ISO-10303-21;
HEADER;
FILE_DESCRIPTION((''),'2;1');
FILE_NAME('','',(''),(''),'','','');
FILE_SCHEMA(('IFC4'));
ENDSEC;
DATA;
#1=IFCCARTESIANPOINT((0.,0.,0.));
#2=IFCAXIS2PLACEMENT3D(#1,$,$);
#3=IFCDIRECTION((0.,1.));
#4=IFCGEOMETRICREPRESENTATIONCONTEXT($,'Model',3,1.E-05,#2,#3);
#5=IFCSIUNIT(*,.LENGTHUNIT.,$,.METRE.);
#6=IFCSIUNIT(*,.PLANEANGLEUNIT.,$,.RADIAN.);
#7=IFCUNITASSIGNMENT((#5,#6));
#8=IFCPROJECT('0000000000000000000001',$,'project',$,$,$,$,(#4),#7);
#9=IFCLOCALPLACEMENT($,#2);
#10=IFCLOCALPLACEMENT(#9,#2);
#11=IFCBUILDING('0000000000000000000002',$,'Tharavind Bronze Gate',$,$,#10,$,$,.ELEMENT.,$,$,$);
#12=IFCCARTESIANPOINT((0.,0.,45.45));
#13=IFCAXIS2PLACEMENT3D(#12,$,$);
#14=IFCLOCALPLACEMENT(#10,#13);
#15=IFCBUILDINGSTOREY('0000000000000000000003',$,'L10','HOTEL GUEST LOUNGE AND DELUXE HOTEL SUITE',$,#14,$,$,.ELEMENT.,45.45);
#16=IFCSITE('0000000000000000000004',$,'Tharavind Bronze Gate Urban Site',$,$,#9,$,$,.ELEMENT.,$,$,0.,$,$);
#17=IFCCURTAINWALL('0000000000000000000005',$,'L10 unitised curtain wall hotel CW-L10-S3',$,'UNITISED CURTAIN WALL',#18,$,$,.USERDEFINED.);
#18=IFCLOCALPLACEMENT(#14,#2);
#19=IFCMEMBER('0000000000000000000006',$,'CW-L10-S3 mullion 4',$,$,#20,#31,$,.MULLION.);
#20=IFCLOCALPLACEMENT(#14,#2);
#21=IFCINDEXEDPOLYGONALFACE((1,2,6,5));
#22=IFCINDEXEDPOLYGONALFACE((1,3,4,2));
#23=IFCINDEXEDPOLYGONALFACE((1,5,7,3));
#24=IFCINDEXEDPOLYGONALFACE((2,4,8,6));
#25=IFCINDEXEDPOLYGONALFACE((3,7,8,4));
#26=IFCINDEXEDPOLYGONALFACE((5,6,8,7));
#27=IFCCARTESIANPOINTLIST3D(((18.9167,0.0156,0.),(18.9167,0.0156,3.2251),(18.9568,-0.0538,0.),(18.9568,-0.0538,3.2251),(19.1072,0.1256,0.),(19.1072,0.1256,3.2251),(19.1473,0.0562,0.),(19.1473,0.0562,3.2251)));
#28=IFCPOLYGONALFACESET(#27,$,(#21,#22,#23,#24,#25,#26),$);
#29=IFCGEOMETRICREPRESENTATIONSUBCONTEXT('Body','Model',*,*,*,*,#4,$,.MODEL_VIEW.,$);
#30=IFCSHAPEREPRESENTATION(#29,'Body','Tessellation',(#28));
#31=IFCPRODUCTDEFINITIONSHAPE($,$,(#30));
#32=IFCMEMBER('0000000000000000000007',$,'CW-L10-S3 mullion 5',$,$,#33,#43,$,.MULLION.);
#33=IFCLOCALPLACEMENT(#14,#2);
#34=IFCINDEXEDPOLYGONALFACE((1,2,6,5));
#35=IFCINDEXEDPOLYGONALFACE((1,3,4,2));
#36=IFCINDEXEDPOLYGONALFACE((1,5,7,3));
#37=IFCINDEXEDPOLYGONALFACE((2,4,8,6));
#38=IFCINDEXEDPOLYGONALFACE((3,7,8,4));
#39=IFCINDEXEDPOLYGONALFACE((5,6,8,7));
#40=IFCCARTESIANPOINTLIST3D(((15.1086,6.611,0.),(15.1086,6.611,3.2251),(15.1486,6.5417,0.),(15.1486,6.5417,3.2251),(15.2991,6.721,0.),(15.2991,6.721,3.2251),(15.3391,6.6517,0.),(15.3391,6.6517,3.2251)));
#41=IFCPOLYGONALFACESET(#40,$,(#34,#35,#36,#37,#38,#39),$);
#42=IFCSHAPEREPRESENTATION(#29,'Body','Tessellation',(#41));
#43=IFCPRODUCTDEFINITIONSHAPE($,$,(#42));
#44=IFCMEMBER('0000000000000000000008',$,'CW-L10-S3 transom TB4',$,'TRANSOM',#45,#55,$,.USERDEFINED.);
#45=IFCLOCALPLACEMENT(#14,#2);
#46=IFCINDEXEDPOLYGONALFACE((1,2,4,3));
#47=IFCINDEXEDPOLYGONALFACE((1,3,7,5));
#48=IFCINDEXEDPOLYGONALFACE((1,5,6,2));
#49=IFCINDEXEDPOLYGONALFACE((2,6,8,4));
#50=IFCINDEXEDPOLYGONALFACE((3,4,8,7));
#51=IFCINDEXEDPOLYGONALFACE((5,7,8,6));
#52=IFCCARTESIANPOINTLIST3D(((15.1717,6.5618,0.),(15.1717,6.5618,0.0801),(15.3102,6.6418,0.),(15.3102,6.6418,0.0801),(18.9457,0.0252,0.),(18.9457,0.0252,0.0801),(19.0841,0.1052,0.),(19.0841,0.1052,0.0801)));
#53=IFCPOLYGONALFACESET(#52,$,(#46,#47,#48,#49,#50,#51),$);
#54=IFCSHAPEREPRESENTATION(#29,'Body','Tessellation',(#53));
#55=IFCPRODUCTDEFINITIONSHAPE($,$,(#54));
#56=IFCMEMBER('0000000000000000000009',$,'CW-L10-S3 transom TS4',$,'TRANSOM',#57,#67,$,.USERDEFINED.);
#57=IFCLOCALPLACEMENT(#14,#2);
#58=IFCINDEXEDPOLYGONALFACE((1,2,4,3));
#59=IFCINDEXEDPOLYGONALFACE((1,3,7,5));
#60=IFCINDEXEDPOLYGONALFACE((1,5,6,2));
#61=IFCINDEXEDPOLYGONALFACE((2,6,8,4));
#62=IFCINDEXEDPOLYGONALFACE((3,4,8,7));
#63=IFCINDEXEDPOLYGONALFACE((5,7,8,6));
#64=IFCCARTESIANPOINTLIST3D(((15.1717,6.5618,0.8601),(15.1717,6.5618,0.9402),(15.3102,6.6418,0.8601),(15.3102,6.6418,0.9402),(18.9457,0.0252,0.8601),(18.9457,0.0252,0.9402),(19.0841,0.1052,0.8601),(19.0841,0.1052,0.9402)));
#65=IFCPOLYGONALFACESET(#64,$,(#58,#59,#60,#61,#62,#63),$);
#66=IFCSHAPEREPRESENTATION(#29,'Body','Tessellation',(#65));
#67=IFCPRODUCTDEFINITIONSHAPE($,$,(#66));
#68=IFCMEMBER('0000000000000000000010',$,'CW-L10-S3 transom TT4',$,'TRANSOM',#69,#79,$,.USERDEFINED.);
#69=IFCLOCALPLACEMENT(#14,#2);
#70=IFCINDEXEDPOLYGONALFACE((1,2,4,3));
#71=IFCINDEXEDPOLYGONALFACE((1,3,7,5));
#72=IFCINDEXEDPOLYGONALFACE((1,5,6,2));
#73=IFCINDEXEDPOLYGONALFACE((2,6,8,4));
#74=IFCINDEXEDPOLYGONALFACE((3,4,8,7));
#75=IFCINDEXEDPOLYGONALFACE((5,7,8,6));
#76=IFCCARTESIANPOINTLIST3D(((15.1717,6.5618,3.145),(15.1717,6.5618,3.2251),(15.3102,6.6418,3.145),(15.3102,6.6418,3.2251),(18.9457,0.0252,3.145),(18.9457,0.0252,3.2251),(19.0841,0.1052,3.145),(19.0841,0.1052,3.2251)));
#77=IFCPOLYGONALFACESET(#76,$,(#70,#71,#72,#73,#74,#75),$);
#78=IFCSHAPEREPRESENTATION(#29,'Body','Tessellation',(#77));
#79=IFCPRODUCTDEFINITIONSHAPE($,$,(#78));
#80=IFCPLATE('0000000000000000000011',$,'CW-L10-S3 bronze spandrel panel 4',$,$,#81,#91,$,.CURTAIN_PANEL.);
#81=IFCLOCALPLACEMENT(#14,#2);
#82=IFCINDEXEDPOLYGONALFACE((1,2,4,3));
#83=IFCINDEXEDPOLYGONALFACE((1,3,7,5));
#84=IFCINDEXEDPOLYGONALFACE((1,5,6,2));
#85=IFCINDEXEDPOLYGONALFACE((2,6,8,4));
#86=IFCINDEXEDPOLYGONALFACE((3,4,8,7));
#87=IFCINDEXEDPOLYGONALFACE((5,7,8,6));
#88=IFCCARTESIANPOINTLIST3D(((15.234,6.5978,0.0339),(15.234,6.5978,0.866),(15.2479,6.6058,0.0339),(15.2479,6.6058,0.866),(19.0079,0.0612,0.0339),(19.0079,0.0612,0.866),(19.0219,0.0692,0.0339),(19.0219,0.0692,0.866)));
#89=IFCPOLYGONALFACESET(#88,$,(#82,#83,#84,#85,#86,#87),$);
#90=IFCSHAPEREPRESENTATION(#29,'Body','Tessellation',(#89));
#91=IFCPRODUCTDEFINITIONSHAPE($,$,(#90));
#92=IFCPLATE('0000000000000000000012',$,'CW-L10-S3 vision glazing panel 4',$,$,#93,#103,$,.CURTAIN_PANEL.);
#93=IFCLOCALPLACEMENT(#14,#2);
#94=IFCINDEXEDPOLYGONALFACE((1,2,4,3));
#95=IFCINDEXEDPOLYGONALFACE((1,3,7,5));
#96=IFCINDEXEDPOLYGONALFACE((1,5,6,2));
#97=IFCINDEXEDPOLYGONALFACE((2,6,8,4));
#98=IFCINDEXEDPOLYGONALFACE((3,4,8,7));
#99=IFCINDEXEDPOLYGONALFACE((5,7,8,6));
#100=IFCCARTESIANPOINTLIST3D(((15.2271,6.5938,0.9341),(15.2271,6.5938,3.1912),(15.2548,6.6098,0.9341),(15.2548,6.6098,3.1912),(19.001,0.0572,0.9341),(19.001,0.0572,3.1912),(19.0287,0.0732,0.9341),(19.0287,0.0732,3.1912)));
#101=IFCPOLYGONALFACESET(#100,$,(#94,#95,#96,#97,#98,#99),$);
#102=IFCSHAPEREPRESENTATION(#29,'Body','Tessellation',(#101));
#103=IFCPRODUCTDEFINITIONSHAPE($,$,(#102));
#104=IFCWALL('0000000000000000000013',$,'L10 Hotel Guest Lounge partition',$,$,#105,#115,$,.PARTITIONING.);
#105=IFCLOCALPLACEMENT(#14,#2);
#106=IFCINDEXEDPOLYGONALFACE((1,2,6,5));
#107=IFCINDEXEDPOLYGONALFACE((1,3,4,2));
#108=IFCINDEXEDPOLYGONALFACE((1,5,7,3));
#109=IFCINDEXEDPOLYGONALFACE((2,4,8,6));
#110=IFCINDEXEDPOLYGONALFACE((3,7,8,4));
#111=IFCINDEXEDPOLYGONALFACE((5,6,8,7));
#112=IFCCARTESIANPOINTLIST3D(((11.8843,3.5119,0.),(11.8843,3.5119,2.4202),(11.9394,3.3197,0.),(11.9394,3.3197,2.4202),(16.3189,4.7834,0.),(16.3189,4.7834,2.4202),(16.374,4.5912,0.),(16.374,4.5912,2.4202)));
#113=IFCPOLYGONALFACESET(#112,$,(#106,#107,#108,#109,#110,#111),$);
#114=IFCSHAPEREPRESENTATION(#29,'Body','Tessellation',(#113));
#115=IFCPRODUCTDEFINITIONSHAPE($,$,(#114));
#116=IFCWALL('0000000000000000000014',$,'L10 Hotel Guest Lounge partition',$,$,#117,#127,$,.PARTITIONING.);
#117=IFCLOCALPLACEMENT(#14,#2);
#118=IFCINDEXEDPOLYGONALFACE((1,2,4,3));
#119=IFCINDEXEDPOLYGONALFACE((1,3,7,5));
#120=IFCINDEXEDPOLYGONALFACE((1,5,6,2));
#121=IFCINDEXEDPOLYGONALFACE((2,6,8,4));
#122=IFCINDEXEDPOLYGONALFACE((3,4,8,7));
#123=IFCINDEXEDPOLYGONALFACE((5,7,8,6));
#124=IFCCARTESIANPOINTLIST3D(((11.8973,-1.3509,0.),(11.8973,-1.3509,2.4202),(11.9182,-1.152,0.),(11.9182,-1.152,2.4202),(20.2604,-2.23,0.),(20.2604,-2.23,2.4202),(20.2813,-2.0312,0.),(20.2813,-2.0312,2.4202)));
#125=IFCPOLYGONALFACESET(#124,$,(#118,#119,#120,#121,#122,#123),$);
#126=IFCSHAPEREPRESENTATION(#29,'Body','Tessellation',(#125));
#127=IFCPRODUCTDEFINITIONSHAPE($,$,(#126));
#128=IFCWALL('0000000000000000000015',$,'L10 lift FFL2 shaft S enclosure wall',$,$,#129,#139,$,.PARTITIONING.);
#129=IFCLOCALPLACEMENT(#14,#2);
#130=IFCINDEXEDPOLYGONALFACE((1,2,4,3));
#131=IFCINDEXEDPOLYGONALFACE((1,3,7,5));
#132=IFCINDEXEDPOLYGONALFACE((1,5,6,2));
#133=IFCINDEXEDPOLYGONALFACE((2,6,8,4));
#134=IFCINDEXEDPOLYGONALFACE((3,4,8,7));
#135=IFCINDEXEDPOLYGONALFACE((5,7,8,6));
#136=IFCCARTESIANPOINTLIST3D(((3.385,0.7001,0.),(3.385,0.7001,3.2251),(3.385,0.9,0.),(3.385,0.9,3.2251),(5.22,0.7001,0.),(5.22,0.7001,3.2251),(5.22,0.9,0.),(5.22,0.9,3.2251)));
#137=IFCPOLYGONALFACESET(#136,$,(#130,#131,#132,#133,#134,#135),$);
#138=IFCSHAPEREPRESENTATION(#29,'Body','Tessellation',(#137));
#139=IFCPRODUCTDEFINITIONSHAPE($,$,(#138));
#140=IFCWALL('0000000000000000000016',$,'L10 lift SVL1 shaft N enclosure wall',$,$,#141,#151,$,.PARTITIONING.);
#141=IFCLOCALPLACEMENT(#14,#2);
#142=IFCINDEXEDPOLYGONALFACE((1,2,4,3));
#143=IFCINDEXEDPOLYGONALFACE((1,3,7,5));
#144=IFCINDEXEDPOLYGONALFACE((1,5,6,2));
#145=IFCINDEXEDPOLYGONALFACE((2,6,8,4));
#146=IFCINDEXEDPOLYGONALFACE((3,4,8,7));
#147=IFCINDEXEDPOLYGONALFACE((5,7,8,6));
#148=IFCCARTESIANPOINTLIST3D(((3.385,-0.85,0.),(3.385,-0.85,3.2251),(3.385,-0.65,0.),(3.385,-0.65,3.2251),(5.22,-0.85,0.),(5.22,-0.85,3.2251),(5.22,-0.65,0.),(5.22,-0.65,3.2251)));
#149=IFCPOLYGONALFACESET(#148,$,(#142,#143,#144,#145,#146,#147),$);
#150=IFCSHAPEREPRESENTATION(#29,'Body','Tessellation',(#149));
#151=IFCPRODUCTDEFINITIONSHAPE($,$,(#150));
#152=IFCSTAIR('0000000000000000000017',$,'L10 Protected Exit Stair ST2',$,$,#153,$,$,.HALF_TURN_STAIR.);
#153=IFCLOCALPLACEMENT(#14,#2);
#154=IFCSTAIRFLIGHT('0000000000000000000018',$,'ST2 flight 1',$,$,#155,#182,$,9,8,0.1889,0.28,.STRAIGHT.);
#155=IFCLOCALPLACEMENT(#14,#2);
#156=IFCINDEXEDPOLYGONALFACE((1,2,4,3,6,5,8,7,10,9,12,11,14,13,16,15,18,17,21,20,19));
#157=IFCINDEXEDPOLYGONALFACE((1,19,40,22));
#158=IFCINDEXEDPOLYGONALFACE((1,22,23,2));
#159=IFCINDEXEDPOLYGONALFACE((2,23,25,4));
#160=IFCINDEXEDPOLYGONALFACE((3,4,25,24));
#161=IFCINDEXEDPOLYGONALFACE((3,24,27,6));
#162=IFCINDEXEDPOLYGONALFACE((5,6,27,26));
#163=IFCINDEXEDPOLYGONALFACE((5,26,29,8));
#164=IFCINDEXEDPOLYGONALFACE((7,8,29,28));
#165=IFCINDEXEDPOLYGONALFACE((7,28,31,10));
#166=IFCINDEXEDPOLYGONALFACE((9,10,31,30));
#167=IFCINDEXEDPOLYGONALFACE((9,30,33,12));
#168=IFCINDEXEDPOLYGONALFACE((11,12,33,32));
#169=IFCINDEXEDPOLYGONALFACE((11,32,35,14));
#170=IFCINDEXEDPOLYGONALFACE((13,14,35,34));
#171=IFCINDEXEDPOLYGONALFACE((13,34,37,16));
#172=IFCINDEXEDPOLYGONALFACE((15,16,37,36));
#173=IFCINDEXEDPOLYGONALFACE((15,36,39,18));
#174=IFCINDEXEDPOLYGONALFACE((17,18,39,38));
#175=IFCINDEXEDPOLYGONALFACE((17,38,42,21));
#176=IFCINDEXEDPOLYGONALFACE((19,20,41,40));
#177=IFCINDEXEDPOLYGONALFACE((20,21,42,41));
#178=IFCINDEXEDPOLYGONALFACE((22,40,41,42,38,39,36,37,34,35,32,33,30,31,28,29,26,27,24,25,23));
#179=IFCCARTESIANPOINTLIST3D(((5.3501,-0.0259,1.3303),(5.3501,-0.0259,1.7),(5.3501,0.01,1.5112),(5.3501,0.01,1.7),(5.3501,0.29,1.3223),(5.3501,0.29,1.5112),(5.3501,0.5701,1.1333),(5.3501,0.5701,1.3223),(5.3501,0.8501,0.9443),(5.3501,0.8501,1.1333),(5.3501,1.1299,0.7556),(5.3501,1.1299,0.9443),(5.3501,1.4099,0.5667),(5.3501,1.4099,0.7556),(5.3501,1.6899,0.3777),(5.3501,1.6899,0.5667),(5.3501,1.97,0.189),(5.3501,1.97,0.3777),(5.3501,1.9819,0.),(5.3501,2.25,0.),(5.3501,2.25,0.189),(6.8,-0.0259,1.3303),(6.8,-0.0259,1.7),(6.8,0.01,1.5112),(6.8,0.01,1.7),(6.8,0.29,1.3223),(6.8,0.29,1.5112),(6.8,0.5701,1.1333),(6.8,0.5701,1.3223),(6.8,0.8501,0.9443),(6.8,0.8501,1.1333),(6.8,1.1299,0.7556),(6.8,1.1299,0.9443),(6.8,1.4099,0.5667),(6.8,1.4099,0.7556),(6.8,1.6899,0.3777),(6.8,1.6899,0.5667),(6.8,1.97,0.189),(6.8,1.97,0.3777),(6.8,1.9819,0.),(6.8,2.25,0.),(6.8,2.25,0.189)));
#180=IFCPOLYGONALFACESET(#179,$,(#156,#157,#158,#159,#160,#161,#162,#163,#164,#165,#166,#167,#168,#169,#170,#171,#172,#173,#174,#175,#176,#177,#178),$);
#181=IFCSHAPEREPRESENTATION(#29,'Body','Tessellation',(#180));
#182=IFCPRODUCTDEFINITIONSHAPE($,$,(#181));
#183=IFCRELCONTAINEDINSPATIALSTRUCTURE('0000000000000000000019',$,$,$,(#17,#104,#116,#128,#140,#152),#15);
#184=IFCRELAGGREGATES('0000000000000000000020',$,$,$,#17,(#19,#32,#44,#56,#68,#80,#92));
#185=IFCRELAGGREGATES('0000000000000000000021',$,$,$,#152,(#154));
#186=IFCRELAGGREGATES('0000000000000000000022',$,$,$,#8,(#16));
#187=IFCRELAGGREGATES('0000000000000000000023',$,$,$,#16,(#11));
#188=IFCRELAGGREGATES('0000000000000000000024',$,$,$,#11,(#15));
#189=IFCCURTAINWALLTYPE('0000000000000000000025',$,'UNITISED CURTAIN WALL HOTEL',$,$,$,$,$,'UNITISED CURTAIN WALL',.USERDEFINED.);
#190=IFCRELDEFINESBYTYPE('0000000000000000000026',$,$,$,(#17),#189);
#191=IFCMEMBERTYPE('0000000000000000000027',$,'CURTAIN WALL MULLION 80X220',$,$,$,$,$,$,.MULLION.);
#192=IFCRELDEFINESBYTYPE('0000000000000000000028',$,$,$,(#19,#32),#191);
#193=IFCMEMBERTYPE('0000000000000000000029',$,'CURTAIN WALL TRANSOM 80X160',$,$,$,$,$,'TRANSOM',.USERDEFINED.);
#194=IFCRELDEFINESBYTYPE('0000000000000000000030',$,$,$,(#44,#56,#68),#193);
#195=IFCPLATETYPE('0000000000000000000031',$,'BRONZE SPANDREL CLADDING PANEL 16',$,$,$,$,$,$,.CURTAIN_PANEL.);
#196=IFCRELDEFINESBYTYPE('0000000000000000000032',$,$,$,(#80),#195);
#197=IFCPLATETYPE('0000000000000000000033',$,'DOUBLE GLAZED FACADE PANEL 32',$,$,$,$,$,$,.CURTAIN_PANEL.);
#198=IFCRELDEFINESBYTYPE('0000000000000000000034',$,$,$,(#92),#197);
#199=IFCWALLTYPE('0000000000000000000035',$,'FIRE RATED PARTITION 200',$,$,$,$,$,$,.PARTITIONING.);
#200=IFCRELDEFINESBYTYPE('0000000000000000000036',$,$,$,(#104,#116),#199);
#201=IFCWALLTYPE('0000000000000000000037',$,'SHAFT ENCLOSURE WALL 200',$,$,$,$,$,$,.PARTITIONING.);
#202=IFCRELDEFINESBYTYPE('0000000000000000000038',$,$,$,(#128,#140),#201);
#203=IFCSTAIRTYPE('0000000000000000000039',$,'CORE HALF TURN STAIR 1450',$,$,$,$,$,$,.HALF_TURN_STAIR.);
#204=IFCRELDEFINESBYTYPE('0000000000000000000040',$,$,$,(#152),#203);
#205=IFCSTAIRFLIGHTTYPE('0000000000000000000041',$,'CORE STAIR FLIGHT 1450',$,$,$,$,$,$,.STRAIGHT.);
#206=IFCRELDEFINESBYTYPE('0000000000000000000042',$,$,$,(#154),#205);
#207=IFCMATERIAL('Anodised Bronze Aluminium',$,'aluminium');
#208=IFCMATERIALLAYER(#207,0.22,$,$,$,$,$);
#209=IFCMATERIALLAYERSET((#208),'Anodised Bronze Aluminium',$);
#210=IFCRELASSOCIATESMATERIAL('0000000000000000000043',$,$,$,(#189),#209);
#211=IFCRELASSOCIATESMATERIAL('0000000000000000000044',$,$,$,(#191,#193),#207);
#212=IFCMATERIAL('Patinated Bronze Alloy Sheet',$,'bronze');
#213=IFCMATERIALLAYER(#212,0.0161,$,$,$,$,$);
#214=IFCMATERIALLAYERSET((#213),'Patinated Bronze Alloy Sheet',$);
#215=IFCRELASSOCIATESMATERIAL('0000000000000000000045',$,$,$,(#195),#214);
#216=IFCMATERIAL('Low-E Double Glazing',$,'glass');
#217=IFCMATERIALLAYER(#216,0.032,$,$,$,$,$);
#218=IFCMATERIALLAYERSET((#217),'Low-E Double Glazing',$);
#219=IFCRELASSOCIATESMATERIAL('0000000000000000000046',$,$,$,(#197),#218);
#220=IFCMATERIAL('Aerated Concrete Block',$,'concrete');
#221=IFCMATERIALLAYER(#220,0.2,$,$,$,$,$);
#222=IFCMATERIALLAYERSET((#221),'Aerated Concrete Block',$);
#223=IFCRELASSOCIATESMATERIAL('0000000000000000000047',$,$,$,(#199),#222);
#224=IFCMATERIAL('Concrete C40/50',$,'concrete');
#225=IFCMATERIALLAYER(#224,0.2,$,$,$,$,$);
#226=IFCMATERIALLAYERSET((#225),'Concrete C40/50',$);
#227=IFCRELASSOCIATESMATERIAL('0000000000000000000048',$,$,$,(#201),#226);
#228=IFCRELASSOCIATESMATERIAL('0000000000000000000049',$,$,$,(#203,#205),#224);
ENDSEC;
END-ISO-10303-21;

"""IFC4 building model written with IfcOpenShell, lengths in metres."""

from ifc_helpers import new_model, si_unit, direction, frame, frame_2d, origin, origin_2d, place, context, subcontext, project, spatial, polyline, rectangle, outline, extrude, material, layer, layer_set, type_object, element, aggregate, save


model = new_model("IFC4")

# Units and contexts
model_context = context("Model", 3, precision=1e-05, world=origin(), true_north=direction((0.0, 1.0)))
body_context = subcontext(model_context, "Body", "Model", "MODEL_VIEW")
ifc_project = project(units=[si_unit("LENGTHUNIT", "METRE"), si_unit("PLANEANGLEUNIT", "RADIAN")], contexts=[model_context])

# Site, building, storey
site_placement = place(None, origin())
site = spatial("IfcSite", under=ifc_project, at=site_placement, Name="Tharavind Bronze Gate Urban Site", CompositionType="ELEMENT", RefElevation=0.0)
building_placement = place(site_placement, origin())
building = spatial("IfcBuilding", under=site, at=building_placement, Name="Tharavind Bronze Gate", CompositionType="ELEMENT")
storey_placement = place(building_placement, frame((0.0, 0.0, 45.45)))
storey = spatial("IfcBuildingStorey", under=building, at=storey_placement, Name="L10", Description="HOTEL GUEST LOUNGE AND DELUXE HOTEL SUITE", CompositionType="ELEMENT", Elevation=45.45)

# Curtain wall, members, plates
ifc_material_1 = material(Name="Anodised Bronze Aluminium", Category="aluminium")
ifc_layer_1 = layer(ifc_material_1, 0.22)
ifc_layer_set_1 = layer_set([ifc_layer_1], Name="Anodised Bronze Aluminium")
curtain_wall_type = type_object("IfcCurtainWallType", Name="UNITISED CURTAIN WALL HOTEL", ElementType="UNITISED CURTAIN WALL", PredefinedType="USERDEFINED", material=ifc_layer_set_1)
curtain_wall_placement = place(storey_placement, origin())
curtain_wall = element("IfcCurtainWall", 1, at=curtain_wall_placement, inside=storey, type_object=curtain_wall_type, Name="L10 unitised curtain wall hotel CW-L10-S3", ObjectType="UNITISED CURTAIN WALL", PredefinedType="USERDEFINED")
member_type_1 = type_object("IfcMemberType", Name="CURTAIN WALL MULLION 80X220", PredefinedType="MULLION", material=ifc_material_1)
member_1_placement = place(storey_placement, frame((19.032, 0.0359, 0.0), z_axis=(0.0, 0.0, 1.0), x_axis=(-0.500002, 0.866025, 0.0)))
member_1 = element("IfcMember", 2, at=member_1_placement, type_object=member_type_1, Name="CW-L10-S3 mullion 4", PredefinedType="MULLION", context=body_context, shape_type="SweptSolid", body=[
    extrude(rectangle(XDim=0.0801, YDim=0.22, at=origin_2d()), origin(), (0.0, 0.0, 1.0), 3.2251),
])
member_2_placement = place(storey_placement, frame((15.2239, 6.6313, 0.0), z_axis=(0.0, 0.0, 1.0), x_axis=(-0.500002, 0.866025, 0.0)))
member_2 = element("IfcMember", 3, at=member_2_placement, type_object=member_type_1, Name="CW-L10-S3 mullion 5", PredefinedType="MULLION", context=body_context, shape_type="SweptSolid", body=[
    extrude(rectangle(XDim=0.0801, YDim=0.22, at=origin_2d()), origin(), (0.0, 0.0, 1.0), 3.2251),
])
member_type_2 = type_object("IfcMemberType", Name="CURTAIN WALL TRANSOM 80X160", ElementType="TRANSOM", PredefinedType="USERDEFINED", material=ifc_material_1)
member_3_placement = place(storey_placement, frame((17.1279, 3.3335, 0.0), z_axis=(0.0, 0.0, 1.0), x_axis=(-0.500002, 0.866025, 0.0)))
member_3 = element("IfcMember", 4, at=member_3_placement, type_object=member_type_2, Name="CW-L10-S3 transom TB4", ObjectType="TRANSOM", PredefinedType="USERDEFINED", context=body_context, shape_type="SweptSolid", body=[
    extrude(rectangle(XDim=7.5479, YDim=0.1599, at=origin_2d()), origin(), (0.0, 0.0, 1.0), 0.0801),
])
member_4_placement = place(storey_placement, frame((17.1279, 3.3335, 0.8601), z_axis=(0.0, 0.0, 1.0), x_axis=(-0.500002, 0.866025, 0.0)))
member_4 = element("IfcMember", 5, at=member_4_placement, type_object=member_type_2, Name="CW-L10-S3 transom TS4", ObjectType="TRANSOM", PredefinedType="USERDEFINED", context=body_context, shape_type="SweptSolid", body=[
    extrude(rectangle(XDim=7.5479, YDim=0.1599, at=origin_2d()), origin(), (0.0, 0.0, 1.0), 0.0801),
])
member_5_placement = place(storey_placement, frame((17.1279, 3.3335, 3.145), z_axis=(0.0, 0.0, 1.0), x_axis=(-0.500002, 0.866025, 0.0)))
member_5 = element("IfcMember", 6, at=member_5_placement, type_object=member_type_2, Name="CW-L10-S3 transom TT4", ObjectType="TRANSOM", PredefinedType="USERDEFINED", context=body_context, shape_type="SweptSolid", body=[
    extrude(rectangle(XDim=7.5479, YDim=0.1599, at=origin_2d()), origin(), (0.0, 0.0, 1.0), 0.0801),
])
ifc_material_2 = material(Name="Patinated Bronze Alloy Sheet", Category="bronze")
ifc_layer_2 = layer(ifc_material_2, 0.0161)
ifc_layer_set_2 = layer_set([ifc_layer_2], Name="Patinated Bronze Alloy Sheet")
plate_type_1 = type_object("IfcPlateType", Name="BRONZE SPANDREL CLADDING PANEL 16", PredefinedType="CURTAIN_PANEL", material=ifc_layer_set_2)
plate_1_placement = place(storey_placement, frame((17.1279, 3.3335, 0.0339), z_axis=(0.0, 0.0, 1.0), x_axis=(-0.500002, 0.866025, 0.0)))
plate_1 = element("IfcPlate", 7, at=plate_1_placement, type_object=plate_type_1, Name="CW-L10-S3 bronze spandrel panel 4", PredefinedType="CURTAIN_PANEL", context=body_context, shape_type="SweptSolid", body=[
    extrude(rectangle(XDim=7.5479, YDim=0.0161, at=origin_2d()), origin(), (0.0, 0.0, 1.0), 0.832),
])
ifc_material_3 = material(Name="Low-E Double Glazing", Category="glass")
ifc_layer_3 = layer(ifc_material_3, 0.032)
ifc_layer_set_3 = layer_set([ifc_layer_3], Name="Low-E Double Glazing")
plate_type_2 = type_object("IfcPlateType", Name="DOUBLE GLAZED FACADE PANEL 32", PredefinedType="CURTAIN_PANEL", material=ifc_layer_set_3)
plate_2_placement = place(storey_placement, frame((17.1279, 3.3335, 0.9341), z_axis=(0.0, 0.0, 1.0), x_axis=(-0.500002, 0.866025, 0.0)))
plate_2 = element("IfcPlate", 8, at=plate_2_placement, type_object=plate_type_2, Name="CW-L10-S3 vision glazing panel 4", PredefinedType="CURTAIN_PANEL", context=body_context, shape_type="SweptSolid", body=[
    extrude(rectangle(XDim=7.5479, YDim=0.032, at=origin_2d()), origin(), (0.0, 0.0, 1.0), 2.2571),
])
aggregate(curtain_wall, [member_1, member_2, member_3, member_4, member_5, plate_1, plate_2])

# Wall
ifc_material_4 = material(Name="Aerated Concrete Block", Category="concrete")
ifc_layer_4 = layer(ifc_material_4, 0.2)
ifc_layer_set_4 = layer_set([ifc_layer_4], Name="Aerated Concrete Block")
wall_type_1 = type_object("IfcWallType", Name="FIRE RATED PARTITION 200", PredefinedType="PARTITIONING", material=ifc_layer_set_4)
wall_1_placement = place(storey_placement, frame((16.3464, 4.6873, 0.0), z_axis=(0.0, 0.0, 1.0), x_axis=(-0.961268, -0.275616, 0.0)))
element("IfcWall", 9, at=wall_1_placement, inside=storey, type_object=wall_type_1, Name="L10 Hotel Guest Lounge partition", PredefinedType="PARTITIONING", context=body_context, shape_type="SweptSolid", body=[
    extrude(rectangle(XDim=4.6133, YDim=0.2, at=frame_2d((2.3066, 0.0))), origin(), (0.0, 0.0, 1.0), 2.4202),
])

# Wall
wall_2_placement = place(storey_placement, frame((11.9077, -1.2515, 0.0), z_axis=(0.0, 0.0, 1.0), x_axis=(0.99452, -0.104547, 0.0)))
element("IfcWall", 10, at=wall_2_placement, inside=storey, type_object=wall_type_1, Name="L10 Hotel Guest Lounge partition", PredefinedType="PARTITIONING", context=body_context, shape_type="SweptSolid", body=[
    extrude(rectangle(XDim=8.4092, YDim=0.2, at=frame_2d((4.2046, 0.0))), origin(), (0.0, 0.0, 1.0), 2.4202),
])

# Walls
ifc_material_5 = material(Name="Concrete C40/50", Category="concrete")
ifc_layer_5 = layer(ifc_material_5, 0.2)
ifc_layer_set_5 = layer_set([ifc_layer_5], Name="Concrete C40/50")
wall_type_2 = type_object("IfcWallType", Name="SHAFT ENCLOSURE WALL 200", PredefinedType="PARTITIONING", material=ifc_layer_set_5)
for number, where, z_axis, x_axis, name in (
    (11, (3.385, 0.8, 0.0), (0.0, 0.0, 1.0), (1.0, 0.0, 0.0), "L10 lift FFL2 shaft S enclosure wall"),
    (12, (3.385, -0.75, 0.0), (0.0, 0.0, 1.0), (1.0, 0.0, 0.0), "L10 lift SVL1 shaft N enclosure wall"),
):
    element("IfcWall", number, at=place(storey_placement, frame(where, z_axis=z_axis, x_axis=x_axis)), inside=storey, type_object=wall_type_2, Name=name, PredefinedType="PARTITIONING", context=body_context, shape_type="SweptSolid", body=[
        extrude(rectangle(XDim=1.835, YDim=0.2, at=frame_2d((0.9175, 0.0))), origin(), (0.0, 0.0, 1.0), 3.2251),
    ])

# Stair, stair flight
stair_type = type_object("IfcStairType", Name="CORE HALF TURN STAIR 1450", PredefinedType="HALF_TURN_STAIR", material=ifc_material_5)
stair_placement = place(storey_placement, origin())
stair = element("IfcStair", 13, at=stair_placement, inside=storey, type_object=stair_type, Name="L10 Protected Exit Stair ST2", PredefinedType="HALF_TURN_STAIR")
stair_flight_type = type_object("IfcStairFlightType", Name="CORE STAIR FLIGHT 1450", PredefinedType="STRAIGHT", material=ifc_material_5)
stair_flight_1_placement = place(storey_placement, frame((6.075, 2.25, 0.0), z_axis=(0.0, 0.0, 1.0), x_axis=(0.0, -1.0, 0.0)))
stair_flight_1 = element("IfcStairFlight", 14, at=stair_flight_1_placement, type_object=stair_flight_type, Name="ST2 flight 1", NumberOfRisers=9, NumberOfTreads=8, PredefinedType="STRAIGHT", RiserHeight=0.1889, TreadLength=0.28, context=body_context, shape_type="SweptSolid", body=[
    extrude(outline(polyline([(0.0, 0.0), (0.0, 0.189), (0.28, 0.189), (0.28, 0.3777), (0.5601, 0.3777), (0.5601, 0.5667), (0.8401, 0.5667), (0.8401, 0.7556), (1.1201, 0.7556), (1.1201, 0.9443), (1.3999, 0.9443), (1.3999, 1.1333), (1.6799, 1.1333), (1.6799, 1.3223), (1.96, 1.3223), (1.96, 1.5112), (2.24, 1.5112), (2.24, 1.7), (2.2759, 1.7), (2.2759, 1.3303), (0.2681, 0.0), (0.0, 0.0)])), frame((0.0, 0.7251, 0.0), z_axis=(0.0, -1.0, 0.0), x_axis=(1.0, 0.0, 0.0)), (0.0, 0.0, 1.0), 1.45),
])
aggregate(stair, [stair_flight_1])

save(model, "model.ifc")
